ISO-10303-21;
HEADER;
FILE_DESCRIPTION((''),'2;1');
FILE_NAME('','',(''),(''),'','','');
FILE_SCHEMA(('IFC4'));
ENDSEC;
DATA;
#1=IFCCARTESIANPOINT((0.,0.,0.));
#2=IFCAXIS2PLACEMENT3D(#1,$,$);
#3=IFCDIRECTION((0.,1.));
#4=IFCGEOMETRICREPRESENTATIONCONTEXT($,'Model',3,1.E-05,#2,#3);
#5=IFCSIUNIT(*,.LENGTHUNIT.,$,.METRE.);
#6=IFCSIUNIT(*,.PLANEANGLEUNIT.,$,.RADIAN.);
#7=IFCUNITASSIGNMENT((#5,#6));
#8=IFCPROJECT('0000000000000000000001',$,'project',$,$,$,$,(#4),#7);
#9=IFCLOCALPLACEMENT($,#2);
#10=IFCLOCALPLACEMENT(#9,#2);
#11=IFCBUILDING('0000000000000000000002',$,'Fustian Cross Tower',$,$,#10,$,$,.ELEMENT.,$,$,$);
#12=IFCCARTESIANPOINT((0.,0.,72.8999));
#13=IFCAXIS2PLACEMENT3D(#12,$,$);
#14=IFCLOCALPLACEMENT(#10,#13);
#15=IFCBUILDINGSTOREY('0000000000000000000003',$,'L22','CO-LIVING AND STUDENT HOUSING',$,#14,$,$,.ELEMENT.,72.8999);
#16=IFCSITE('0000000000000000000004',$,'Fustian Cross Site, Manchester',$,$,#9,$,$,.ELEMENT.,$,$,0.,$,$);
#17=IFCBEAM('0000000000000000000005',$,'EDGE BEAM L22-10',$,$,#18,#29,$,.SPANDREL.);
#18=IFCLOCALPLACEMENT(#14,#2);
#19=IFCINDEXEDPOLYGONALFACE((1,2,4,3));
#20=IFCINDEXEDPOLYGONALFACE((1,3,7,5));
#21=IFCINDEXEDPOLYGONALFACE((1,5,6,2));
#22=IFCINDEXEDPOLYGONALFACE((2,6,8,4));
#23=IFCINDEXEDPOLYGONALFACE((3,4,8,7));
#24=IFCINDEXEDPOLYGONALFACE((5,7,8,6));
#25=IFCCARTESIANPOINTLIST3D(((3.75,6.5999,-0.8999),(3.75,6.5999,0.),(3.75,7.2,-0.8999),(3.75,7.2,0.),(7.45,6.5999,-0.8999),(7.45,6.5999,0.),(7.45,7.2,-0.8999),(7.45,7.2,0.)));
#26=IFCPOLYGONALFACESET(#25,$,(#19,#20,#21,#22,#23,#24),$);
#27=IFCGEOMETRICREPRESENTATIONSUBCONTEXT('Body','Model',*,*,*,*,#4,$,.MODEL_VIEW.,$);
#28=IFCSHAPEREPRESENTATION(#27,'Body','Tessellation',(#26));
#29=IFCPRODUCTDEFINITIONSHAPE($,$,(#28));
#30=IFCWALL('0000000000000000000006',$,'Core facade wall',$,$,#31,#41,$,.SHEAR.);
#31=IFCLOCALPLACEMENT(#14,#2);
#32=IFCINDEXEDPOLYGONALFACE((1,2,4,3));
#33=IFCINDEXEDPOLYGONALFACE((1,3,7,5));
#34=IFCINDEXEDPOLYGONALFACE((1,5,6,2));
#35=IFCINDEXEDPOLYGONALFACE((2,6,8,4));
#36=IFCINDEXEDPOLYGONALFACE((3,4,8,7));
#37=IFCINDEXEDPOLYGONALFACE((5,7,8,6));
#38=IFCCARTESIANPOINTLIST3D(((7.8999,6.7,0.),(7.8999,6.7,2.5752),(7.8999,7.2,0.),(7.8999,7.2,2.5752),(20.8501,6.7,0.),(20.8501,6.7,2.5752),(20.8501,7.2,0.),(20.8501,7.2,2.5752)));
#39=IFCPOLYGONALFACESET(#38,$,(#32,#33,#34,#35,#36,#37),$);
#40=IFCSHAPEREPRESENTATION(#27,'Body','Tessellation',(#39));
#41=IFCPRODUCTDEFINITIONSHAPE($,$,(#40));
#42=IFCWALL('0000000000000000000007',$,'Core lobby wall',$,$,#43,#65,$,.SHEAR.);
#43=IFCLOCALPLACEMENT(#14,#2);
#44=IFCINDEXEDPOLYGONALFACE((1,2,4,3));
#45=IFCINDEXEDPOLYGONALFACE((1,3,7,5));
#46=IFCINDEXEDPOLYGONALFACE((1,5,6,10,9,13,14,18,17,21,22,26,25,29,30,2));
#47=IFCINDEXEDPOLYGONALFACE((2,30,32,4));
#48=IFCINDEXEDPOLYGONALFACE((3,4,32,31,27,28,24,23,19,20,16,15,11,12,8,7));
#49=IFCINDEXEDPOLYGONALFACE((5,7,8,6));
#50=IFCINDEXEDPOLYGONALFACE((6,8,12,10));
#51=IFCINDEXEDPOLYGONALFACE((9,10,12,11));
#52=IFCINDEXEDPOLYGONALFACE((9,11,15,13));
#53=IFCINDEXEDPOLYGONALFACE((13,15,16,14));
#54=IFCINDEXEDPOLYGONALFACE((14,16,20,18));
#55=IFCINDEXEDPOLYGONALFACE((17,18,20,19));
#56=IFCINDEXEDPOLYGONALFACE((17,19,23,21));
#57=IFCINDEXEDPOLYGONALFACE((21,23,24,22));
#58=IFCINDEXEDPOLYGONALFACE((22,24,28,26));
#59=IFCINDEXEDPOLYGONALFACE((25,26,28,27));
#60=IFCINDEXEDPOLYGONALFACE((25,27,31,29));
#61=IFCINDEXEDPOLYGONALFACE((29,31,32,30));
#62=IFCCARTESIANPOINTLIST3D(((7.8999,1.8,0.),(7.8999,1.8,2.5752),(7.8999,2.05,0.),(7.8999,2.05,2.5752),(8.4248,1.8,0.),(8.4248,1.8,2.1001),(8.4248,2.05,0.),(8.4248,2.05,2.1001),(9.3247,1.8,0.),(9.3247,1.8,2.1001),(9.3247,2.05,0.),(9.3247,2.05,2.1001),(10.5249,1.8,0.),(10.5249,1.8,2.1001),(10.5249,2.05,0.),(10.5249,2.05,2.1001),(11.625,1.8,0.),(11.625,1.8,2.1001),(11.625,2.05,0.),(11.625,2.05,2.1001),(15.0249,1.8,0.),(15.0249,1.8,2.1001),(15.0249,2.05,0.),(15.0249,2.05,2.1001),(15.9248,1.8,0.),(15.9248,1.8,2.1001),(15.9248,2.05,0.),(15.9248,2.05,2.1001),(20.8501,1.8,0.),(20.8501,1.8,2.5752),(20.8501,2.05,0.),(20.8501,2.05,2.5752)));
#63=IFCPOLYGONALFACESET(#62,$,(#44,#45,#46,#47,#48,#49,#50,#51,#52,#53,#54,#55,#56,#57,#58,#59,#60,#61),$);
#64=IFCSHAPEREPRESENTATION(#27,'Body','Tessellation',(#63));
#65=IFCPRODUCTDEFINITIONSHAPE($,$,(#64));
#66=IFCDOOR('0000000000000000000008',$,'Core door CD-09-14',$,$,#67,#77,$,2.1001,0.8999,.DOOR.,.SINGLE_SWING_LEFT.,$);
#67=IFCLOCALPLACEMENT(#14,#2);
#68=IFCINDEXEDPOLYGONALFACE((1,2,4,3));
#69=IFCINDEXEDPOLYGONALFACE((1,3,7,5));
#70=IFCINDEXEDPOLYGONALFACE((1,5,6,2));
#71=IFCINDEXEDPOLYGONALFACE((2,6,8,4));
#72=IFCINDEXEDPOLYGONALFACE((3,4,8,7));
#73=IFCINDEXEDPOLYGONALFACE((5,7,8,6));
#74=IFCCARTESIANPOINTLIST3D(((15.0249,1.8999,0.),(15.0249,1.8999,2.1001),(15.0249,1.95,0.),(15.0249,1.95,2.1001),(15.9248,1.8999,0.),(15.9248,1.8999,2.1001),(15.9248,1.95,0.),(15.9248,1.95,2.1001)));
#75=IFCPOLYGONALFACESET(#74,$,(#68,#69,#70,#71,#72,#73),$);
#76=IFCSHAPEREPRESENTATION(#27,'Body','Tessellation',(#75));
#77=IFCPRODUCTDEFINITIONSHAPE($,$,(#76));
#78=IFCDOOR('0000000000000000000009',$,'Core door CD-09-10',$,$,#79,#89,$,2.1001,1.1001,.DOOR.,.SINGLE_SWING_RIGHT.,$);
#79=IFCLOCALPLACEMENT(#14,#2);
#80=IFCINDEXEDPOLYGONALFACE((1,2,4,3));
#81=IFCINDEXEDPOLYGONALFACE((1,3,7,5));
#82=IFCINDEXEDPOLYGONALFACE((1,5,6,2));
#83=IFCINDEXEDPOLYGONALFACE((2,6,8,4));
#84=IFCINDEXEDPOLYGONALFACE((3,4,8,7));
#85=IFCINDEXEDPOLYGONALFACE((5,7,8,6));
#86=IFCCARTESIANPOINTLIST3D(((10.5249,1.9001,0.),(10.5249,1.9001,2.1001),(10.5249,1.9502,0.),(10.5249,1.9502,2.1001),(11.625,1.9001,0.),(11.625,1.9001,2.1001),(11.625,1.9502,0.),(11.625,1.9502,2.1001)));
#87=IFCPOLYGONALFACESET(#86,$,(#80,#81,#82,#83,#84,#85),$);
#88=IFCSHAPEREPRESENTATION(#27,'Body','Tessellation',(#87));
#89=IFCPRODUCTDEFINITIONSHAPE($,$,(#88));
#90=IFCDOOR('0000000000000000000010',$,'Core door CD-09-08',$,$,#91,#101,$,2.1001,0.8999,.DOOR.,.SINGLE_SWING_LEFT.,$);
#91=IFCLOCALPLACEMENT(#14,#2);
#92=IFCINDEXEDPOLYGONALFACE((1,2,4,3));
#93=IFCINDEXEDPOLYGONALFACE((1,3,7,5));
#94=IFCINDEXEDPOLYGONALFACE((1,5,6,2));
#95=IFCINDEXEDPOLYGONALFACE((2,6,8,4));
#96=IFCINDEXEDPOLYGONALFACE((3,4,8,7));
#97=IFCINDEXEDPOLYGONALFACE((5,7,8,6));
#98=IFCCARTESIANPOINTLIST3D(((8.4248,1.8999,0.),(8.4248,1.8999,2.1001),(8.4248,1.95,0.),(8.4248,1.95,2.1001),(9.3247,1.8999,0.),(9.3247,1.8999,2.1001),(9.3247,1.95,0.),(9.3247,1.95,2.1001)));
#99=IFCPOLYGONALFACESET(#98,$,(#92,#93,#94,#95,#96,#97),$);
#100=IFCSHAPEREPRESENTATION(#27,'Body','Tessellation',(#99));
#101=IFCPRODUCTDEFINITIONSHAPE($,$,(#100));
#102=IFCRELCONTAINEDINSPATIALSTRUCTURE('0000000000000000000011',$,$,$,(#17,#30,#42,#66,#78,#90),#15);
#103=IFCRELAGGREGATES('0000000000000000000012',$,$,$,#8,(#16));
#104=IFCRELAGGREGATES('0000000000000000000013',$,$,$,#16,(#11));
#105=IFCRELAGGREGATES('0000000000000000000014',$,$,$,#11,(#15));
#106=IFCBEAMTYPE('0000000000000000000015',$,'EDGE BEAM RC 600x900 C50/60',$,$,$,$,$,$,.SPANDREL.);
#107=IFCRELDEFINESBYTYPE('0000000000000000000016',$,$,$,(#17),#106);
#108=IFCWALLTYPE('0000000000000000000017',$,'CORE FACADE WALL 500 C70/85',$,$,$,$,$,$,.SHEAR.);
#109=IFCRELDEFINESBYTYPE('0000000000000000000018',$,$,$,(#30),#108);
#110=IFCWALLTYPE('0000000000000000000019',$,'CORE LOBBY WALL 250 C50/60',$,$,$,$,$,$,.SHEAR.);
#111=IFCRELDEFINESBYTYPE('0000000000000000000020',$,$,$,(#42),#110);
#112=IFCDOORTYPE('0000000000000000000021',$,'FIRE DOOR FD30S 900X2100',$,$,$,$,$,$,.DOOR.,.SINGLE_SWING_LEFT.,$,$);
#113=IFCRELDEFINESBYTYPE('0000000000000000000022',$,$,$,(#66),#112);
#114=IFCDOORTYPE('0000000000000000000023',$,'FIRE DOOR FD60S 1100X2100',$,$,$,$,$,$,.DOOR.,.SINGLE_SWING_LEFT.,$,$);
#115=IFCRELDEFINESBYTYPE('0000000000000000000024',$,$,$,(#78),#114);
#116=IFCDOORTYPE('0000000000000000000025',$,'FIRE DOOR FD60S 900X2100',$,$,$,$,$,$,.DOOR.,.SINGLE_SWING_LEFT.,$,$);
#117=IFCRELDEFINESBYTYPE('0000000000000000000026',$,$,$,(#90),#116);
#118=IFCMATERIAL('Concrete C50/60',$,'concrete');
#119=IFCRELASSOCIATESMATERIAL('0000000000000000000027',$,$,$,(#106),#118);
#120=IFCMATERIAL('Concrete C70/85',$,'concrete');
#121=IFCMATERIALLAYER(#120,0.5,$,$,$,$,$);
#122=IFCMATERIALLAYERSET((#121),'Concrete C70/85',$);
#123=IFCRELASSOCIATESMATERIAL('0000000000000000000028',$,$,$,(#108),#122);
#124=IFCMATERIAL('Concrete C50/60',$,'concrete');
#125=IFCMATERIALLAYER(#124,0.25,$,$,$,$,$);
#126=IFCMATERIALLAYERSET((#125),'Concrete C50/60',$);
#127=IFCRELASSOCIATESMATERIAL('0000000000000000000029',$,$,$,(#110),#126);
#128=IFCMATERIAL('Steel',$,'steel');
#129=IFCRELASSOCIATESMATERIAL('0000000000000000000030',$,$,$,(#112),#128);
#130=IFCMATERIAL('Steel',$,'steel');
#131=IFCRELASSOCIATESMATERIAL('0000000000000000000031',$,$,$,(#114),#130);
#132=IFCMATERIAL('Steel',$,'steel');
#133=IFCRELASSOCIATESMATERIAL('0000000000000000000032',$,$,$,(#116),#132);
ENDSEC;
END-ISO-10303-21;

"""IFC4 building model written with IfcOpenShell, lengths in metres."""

from ifc_helpers import new_model, si_unit, direction, frame, frame_2d, origin, origin_2d, place, context, subcontext, project, spatial, rectangle, extrude, material, layer, layer_set, material_profile, profile_set, type_object, element, fill, save


model = new_model("IFC4")

# Units and contexts
model_context = context("Model", 3, precision=1e-05, world=origin(), true_north=direction((0.0, 1.0)))
body_context = subcontext(model_context, "Body", "Model", "MODEL_VIEW")
ifc_project = project(units=[si_unit("LENGTHUNIT", "METRE"), si_unit("PLANEANGLEUNIT", "RADIAN")], contexts=[model_context])

# Site, building, storey
site_placement = place(None, origin())
site = spatial("IfcSite", under=ifc_project, at=site_placement, Name="Fustian Cross Site, Manchester", CompositionType="ELEMENT", RefElevation=0.0)
building_placement = place(site_placement, origin())
building = spatial("IfcBuilding", under=site, at=building_placement, Name="Fustian Cross Tower", CompositionType="ELEMENT")
storey_placement = place(building_placement, frame((0.0, 0.0, 72.8999)))
storey = spatial("IfcBuildingStorey", under=building, at=storey_placement, Name="L22", Description="CO-LIVING AND STUDENT HOUSING", CompositionType="ELEMENT", Elevation=72.8999)

# Beam
ifc_material_1 = material(Name="Concrete C50/60", Category="concrete")
ifc_material_profile = material_profile(ifc_material_1, rectangle(XDim=0.6001, YDim=0.8999, at=origin_2d()), Name="RC 600x900")
ifc_profile_set = profile_set([ifc_material_profile], Name="Concrete C50/60")
beam_type = type_object("IfcBeamType", Name="EDGE BEAM RC 600x900 C50/60", PredefinedType="SPANDREL", material=ifc_profile_set)
beam_placement = place(storey_placement, frame((7.45, 6.8999, -0.45), z_axis=(-1.0, 0.0, 0.0), x_axis=(0.0, -1.0, 0.0)))
element("IfcBeam", 1, at=beam_placement, inside=storey, type_object=beam_type, Name="EDGE BEAM L22-10", PredefinedType="SPANDREL", context=body_context, shape_type="SweptSolid", body=[
    extrude(rectangle(XDim=0.6001, YDim=0.8999, at=origin_2d()), origin(), (0.0, 0.0, 1.0), 3.7),
])

# Wall
ifc_material_2 = material(Name="Concrete C70/85", Category="concrete")
ifc_layer_1 = layer(ifc_material_2, 0.5)
ifc_layer_set_1 = layer_set([ifc_layer_1], Name="Concrete C70/85")
wall_type_1 = type_object("IfcWallType", Name="CORE FACADE WALL 500 C70/85", PredefinedType="SHEAR", material=ifc_layer_set_1)
wall_1_placement = place(storey_placement, frame((7.8999, 6.95, 0.0), z_axis=(0.0, 0.0, 1.0), x_axis=(1.0, 0.0, 0.0)))
element("IfcWall", 2, at=wall_1_placement, inside=storey, type_object=wall_type_1, Name="Core facade wall", PredefinedType="SHEAR", context=body_context, shape_type="SweptSolid", body=[
    extrude(rectangle(XDim=12.9502, YDim=0.5, at=frame_2d((6.4751, 0.0))), origin(), (0.0, 0.0, 1.0), 2.5752),
])

# Wall, openings, doors
ifc_material_3 = material(Name="Concrete C50/60", Category="concrete")
ifc_layer_2 = layer(ifc_material_3, 0.25)
ifc_layer_set_2 = layer_set([ifc_layer_2], Name="Concrete C50/60")
wall_type_2 = type_object("IfcWallType", Name="CORE LOBBY WALL 250 C50/60", PredefinedType="SHEAR", material=ifc_layer_set_2)
wall_2_placement = place(storey_placement, frame((7.8999, 1.925, 0.0), z_axis=(0.0, 0.0, 1.0), x_axis=(1.0, 0.0, 0.0)))
wall_2 = element("IfcWall", 3, at=wall_2_placement, inside=storey, type_object=wall_type_2, Name="Core lobby wall", PredefinedType="SHEAR", context=body_context, shape_type="SweptSolid", body=[
    extrude(rectangle(XDim=12.9502, YDim=0.25, at=frame_2d((6.4751, 0.0))), origin(), (0.0, 0.0, 1.0), 2.5752),
])
opening_1_placement = place(wall_2_placement, frame((0.5249, 0.0, 0.0)))
opening_1 = element("IfcOpeningElement", 4, at=opening_1_placement, cuts=wall_2, PredefinedType="OPENING", context=body_context, shape_type="SweptSolid", body=[
    extrude(rectangle(XDim=0.8999, YDim=2.1001, at=frame_2d((0.45, 1.05))), frame((0.0, 0.135, 0.0), z_axis=(0.0, -1.0, 0.0), x_axis=(1.0, 0.0, 0.0)), (0.0, 0.0, 1.0), 0.27),
])
opening_2_placement = place(wall_2_placement, frame((2.625, 0.0, 0.0)))
opening_2 = element("IfcOpeningElement", 5, at=opening_2_placement, cuts=wall_2, PredefinedType="OPENING", context=body_context, shape_type="SweptSolid", body=[
    extrude(rectangle(XDim=1.1001, YDim=2.1001, at=frame_2d((0.55, 1.05))), frame((0.0, 0.135, 0.0), z_axis=(0.0, -1.0, 0.0), x_axis=(1.0, 0.0, 0.0)), (0.0, 0.0, 1.0), 0.27),
])
opening_3_placement = place(wall_2_placement, frame((7.125, 0.0, 0.0)))
opening_3 = element("IfcOpeningElement", 6, at=opening_3_placement, cuts=wall_2, PredefinedType="OPENING", context=body_context, shape_type="SweptSolid", body=[
    extrude(rectangle(XDim=0.8999, YDim=2.1001, at=frame_2d((0.45, 1.05))), frame((0.0, 0.135, 0.0), z_axis=(0.0, -1.0, 0.0), x_axis=(1.0, 0.0, 0.0)), (0.0, 0.0, 1.0), 0.27),
])
ifc_material_4 = material(Name="Steel", Category="steel")
door_type_1 = type_object("IfcDoorType", Name="FIRE DOOR FD30S 900X2100", OperationType="SINGLE_SWING_LEFT", PredefinedType="DOOR", material=ifc_material_4)
door_1_placement = place(opening_3_placement, origin())
door_1 = element("IfcDoor", 7, at=door_1_placement, inside=storey, type_object=door_type_1, Name="Core door CD-09-14", OperationType="SINGLE_SWING_LEFT", OverallHeight=2.1001, OverallWidth=0.8999, PredefinedType="DOOR", context=body_context, shape_type="SweptSolid", body=[
    extrude(rectangle(XDim=0.8999, YDim=2.1001, at=frame_2d((0.45, 1.05))), frame((0.0, 0.0249, 0.0), z_axis=(0.0, -1.0, 0.0), x_axis=(1.0, 0.0, 0.0)), (0.0, 0.0, 1.0), 0.05),
])
fill(opening_3, door_1)
ifc_material_5 = material(Name="Steel", Category="steel")
door_type_2 = type_object("IfcDoorType", Name="FIRE DOOR FD60S 1100X2100", OperationType="SINGLE_SWING_LEFT", PredefinedType="DOOR", material=ifc_material_5)
door_2_placement = place(opening_2_placement, frame((1.1001, 0.0, 0.0), z_axis=(0.0, 0.0, 1.0), x_axis=(-1.0, 0.0, 0.0)))
door_2 = element("IfcDoor", 8, at=door_2_placement, inside=storey, type_object=door_type_2, Name="Core door CD-09-10", OperationType="SINGLE_SWING_RIGHT", OverallHeight=2.1001, OverallWidth=1.1001, PredefinedType="DOOR", context=body_context, shape_type="SweptSolid", body=[
    extrude(rectangle(XDim=1.1001, YDim=2.1001, at=frame_2d((0.55, 1.05))), frame((0.0, 0.0249, 0.0), z_axis=(0.0, -1.0, 0.0), x_axis=(1.0, 0.0, 0.0)), (0.0, 0.0, 1.0), 0.05),
])
fill(opening_2, door_2)
ifc_material_6 = material(Name="Steel", Category="steel")
door_type_3 = type_object("IfcDoorType", Name="FIRE DOOR FD60S 900X2100", OperationType="SINGLE_SWING_LEFT", PredefinedType="DOOR", material=ifc_material_6)
door_3_placement = place(opening_1_placement, origin())
door_3 = element("IfcDoor", 9, at=door_3_placement, inside=storey, type_object=door_type_3, Name="Core door CD-09-08", OperationType="SINGLE_SWING_LEFT", OverallHeight=2.1001, OverallWidth=0.8999, PredefinedType="DOOR", context=body_context, shape_type="SweptSolid", body=[
    extrude(rectangle(XDim=0.8999, YDim=2.1001, at=frame_2d((0.45, 1.05))), frame((0.0, 0.0249, 0.0), z_axis=(0.0, -1.0, 0.0), x_axis=(1.0, 0.0, 0.0)), (0.0, 0.0, 1.0), 0.05),
])
fill(opening_1, door_3)

save(model, "model.ifc")
